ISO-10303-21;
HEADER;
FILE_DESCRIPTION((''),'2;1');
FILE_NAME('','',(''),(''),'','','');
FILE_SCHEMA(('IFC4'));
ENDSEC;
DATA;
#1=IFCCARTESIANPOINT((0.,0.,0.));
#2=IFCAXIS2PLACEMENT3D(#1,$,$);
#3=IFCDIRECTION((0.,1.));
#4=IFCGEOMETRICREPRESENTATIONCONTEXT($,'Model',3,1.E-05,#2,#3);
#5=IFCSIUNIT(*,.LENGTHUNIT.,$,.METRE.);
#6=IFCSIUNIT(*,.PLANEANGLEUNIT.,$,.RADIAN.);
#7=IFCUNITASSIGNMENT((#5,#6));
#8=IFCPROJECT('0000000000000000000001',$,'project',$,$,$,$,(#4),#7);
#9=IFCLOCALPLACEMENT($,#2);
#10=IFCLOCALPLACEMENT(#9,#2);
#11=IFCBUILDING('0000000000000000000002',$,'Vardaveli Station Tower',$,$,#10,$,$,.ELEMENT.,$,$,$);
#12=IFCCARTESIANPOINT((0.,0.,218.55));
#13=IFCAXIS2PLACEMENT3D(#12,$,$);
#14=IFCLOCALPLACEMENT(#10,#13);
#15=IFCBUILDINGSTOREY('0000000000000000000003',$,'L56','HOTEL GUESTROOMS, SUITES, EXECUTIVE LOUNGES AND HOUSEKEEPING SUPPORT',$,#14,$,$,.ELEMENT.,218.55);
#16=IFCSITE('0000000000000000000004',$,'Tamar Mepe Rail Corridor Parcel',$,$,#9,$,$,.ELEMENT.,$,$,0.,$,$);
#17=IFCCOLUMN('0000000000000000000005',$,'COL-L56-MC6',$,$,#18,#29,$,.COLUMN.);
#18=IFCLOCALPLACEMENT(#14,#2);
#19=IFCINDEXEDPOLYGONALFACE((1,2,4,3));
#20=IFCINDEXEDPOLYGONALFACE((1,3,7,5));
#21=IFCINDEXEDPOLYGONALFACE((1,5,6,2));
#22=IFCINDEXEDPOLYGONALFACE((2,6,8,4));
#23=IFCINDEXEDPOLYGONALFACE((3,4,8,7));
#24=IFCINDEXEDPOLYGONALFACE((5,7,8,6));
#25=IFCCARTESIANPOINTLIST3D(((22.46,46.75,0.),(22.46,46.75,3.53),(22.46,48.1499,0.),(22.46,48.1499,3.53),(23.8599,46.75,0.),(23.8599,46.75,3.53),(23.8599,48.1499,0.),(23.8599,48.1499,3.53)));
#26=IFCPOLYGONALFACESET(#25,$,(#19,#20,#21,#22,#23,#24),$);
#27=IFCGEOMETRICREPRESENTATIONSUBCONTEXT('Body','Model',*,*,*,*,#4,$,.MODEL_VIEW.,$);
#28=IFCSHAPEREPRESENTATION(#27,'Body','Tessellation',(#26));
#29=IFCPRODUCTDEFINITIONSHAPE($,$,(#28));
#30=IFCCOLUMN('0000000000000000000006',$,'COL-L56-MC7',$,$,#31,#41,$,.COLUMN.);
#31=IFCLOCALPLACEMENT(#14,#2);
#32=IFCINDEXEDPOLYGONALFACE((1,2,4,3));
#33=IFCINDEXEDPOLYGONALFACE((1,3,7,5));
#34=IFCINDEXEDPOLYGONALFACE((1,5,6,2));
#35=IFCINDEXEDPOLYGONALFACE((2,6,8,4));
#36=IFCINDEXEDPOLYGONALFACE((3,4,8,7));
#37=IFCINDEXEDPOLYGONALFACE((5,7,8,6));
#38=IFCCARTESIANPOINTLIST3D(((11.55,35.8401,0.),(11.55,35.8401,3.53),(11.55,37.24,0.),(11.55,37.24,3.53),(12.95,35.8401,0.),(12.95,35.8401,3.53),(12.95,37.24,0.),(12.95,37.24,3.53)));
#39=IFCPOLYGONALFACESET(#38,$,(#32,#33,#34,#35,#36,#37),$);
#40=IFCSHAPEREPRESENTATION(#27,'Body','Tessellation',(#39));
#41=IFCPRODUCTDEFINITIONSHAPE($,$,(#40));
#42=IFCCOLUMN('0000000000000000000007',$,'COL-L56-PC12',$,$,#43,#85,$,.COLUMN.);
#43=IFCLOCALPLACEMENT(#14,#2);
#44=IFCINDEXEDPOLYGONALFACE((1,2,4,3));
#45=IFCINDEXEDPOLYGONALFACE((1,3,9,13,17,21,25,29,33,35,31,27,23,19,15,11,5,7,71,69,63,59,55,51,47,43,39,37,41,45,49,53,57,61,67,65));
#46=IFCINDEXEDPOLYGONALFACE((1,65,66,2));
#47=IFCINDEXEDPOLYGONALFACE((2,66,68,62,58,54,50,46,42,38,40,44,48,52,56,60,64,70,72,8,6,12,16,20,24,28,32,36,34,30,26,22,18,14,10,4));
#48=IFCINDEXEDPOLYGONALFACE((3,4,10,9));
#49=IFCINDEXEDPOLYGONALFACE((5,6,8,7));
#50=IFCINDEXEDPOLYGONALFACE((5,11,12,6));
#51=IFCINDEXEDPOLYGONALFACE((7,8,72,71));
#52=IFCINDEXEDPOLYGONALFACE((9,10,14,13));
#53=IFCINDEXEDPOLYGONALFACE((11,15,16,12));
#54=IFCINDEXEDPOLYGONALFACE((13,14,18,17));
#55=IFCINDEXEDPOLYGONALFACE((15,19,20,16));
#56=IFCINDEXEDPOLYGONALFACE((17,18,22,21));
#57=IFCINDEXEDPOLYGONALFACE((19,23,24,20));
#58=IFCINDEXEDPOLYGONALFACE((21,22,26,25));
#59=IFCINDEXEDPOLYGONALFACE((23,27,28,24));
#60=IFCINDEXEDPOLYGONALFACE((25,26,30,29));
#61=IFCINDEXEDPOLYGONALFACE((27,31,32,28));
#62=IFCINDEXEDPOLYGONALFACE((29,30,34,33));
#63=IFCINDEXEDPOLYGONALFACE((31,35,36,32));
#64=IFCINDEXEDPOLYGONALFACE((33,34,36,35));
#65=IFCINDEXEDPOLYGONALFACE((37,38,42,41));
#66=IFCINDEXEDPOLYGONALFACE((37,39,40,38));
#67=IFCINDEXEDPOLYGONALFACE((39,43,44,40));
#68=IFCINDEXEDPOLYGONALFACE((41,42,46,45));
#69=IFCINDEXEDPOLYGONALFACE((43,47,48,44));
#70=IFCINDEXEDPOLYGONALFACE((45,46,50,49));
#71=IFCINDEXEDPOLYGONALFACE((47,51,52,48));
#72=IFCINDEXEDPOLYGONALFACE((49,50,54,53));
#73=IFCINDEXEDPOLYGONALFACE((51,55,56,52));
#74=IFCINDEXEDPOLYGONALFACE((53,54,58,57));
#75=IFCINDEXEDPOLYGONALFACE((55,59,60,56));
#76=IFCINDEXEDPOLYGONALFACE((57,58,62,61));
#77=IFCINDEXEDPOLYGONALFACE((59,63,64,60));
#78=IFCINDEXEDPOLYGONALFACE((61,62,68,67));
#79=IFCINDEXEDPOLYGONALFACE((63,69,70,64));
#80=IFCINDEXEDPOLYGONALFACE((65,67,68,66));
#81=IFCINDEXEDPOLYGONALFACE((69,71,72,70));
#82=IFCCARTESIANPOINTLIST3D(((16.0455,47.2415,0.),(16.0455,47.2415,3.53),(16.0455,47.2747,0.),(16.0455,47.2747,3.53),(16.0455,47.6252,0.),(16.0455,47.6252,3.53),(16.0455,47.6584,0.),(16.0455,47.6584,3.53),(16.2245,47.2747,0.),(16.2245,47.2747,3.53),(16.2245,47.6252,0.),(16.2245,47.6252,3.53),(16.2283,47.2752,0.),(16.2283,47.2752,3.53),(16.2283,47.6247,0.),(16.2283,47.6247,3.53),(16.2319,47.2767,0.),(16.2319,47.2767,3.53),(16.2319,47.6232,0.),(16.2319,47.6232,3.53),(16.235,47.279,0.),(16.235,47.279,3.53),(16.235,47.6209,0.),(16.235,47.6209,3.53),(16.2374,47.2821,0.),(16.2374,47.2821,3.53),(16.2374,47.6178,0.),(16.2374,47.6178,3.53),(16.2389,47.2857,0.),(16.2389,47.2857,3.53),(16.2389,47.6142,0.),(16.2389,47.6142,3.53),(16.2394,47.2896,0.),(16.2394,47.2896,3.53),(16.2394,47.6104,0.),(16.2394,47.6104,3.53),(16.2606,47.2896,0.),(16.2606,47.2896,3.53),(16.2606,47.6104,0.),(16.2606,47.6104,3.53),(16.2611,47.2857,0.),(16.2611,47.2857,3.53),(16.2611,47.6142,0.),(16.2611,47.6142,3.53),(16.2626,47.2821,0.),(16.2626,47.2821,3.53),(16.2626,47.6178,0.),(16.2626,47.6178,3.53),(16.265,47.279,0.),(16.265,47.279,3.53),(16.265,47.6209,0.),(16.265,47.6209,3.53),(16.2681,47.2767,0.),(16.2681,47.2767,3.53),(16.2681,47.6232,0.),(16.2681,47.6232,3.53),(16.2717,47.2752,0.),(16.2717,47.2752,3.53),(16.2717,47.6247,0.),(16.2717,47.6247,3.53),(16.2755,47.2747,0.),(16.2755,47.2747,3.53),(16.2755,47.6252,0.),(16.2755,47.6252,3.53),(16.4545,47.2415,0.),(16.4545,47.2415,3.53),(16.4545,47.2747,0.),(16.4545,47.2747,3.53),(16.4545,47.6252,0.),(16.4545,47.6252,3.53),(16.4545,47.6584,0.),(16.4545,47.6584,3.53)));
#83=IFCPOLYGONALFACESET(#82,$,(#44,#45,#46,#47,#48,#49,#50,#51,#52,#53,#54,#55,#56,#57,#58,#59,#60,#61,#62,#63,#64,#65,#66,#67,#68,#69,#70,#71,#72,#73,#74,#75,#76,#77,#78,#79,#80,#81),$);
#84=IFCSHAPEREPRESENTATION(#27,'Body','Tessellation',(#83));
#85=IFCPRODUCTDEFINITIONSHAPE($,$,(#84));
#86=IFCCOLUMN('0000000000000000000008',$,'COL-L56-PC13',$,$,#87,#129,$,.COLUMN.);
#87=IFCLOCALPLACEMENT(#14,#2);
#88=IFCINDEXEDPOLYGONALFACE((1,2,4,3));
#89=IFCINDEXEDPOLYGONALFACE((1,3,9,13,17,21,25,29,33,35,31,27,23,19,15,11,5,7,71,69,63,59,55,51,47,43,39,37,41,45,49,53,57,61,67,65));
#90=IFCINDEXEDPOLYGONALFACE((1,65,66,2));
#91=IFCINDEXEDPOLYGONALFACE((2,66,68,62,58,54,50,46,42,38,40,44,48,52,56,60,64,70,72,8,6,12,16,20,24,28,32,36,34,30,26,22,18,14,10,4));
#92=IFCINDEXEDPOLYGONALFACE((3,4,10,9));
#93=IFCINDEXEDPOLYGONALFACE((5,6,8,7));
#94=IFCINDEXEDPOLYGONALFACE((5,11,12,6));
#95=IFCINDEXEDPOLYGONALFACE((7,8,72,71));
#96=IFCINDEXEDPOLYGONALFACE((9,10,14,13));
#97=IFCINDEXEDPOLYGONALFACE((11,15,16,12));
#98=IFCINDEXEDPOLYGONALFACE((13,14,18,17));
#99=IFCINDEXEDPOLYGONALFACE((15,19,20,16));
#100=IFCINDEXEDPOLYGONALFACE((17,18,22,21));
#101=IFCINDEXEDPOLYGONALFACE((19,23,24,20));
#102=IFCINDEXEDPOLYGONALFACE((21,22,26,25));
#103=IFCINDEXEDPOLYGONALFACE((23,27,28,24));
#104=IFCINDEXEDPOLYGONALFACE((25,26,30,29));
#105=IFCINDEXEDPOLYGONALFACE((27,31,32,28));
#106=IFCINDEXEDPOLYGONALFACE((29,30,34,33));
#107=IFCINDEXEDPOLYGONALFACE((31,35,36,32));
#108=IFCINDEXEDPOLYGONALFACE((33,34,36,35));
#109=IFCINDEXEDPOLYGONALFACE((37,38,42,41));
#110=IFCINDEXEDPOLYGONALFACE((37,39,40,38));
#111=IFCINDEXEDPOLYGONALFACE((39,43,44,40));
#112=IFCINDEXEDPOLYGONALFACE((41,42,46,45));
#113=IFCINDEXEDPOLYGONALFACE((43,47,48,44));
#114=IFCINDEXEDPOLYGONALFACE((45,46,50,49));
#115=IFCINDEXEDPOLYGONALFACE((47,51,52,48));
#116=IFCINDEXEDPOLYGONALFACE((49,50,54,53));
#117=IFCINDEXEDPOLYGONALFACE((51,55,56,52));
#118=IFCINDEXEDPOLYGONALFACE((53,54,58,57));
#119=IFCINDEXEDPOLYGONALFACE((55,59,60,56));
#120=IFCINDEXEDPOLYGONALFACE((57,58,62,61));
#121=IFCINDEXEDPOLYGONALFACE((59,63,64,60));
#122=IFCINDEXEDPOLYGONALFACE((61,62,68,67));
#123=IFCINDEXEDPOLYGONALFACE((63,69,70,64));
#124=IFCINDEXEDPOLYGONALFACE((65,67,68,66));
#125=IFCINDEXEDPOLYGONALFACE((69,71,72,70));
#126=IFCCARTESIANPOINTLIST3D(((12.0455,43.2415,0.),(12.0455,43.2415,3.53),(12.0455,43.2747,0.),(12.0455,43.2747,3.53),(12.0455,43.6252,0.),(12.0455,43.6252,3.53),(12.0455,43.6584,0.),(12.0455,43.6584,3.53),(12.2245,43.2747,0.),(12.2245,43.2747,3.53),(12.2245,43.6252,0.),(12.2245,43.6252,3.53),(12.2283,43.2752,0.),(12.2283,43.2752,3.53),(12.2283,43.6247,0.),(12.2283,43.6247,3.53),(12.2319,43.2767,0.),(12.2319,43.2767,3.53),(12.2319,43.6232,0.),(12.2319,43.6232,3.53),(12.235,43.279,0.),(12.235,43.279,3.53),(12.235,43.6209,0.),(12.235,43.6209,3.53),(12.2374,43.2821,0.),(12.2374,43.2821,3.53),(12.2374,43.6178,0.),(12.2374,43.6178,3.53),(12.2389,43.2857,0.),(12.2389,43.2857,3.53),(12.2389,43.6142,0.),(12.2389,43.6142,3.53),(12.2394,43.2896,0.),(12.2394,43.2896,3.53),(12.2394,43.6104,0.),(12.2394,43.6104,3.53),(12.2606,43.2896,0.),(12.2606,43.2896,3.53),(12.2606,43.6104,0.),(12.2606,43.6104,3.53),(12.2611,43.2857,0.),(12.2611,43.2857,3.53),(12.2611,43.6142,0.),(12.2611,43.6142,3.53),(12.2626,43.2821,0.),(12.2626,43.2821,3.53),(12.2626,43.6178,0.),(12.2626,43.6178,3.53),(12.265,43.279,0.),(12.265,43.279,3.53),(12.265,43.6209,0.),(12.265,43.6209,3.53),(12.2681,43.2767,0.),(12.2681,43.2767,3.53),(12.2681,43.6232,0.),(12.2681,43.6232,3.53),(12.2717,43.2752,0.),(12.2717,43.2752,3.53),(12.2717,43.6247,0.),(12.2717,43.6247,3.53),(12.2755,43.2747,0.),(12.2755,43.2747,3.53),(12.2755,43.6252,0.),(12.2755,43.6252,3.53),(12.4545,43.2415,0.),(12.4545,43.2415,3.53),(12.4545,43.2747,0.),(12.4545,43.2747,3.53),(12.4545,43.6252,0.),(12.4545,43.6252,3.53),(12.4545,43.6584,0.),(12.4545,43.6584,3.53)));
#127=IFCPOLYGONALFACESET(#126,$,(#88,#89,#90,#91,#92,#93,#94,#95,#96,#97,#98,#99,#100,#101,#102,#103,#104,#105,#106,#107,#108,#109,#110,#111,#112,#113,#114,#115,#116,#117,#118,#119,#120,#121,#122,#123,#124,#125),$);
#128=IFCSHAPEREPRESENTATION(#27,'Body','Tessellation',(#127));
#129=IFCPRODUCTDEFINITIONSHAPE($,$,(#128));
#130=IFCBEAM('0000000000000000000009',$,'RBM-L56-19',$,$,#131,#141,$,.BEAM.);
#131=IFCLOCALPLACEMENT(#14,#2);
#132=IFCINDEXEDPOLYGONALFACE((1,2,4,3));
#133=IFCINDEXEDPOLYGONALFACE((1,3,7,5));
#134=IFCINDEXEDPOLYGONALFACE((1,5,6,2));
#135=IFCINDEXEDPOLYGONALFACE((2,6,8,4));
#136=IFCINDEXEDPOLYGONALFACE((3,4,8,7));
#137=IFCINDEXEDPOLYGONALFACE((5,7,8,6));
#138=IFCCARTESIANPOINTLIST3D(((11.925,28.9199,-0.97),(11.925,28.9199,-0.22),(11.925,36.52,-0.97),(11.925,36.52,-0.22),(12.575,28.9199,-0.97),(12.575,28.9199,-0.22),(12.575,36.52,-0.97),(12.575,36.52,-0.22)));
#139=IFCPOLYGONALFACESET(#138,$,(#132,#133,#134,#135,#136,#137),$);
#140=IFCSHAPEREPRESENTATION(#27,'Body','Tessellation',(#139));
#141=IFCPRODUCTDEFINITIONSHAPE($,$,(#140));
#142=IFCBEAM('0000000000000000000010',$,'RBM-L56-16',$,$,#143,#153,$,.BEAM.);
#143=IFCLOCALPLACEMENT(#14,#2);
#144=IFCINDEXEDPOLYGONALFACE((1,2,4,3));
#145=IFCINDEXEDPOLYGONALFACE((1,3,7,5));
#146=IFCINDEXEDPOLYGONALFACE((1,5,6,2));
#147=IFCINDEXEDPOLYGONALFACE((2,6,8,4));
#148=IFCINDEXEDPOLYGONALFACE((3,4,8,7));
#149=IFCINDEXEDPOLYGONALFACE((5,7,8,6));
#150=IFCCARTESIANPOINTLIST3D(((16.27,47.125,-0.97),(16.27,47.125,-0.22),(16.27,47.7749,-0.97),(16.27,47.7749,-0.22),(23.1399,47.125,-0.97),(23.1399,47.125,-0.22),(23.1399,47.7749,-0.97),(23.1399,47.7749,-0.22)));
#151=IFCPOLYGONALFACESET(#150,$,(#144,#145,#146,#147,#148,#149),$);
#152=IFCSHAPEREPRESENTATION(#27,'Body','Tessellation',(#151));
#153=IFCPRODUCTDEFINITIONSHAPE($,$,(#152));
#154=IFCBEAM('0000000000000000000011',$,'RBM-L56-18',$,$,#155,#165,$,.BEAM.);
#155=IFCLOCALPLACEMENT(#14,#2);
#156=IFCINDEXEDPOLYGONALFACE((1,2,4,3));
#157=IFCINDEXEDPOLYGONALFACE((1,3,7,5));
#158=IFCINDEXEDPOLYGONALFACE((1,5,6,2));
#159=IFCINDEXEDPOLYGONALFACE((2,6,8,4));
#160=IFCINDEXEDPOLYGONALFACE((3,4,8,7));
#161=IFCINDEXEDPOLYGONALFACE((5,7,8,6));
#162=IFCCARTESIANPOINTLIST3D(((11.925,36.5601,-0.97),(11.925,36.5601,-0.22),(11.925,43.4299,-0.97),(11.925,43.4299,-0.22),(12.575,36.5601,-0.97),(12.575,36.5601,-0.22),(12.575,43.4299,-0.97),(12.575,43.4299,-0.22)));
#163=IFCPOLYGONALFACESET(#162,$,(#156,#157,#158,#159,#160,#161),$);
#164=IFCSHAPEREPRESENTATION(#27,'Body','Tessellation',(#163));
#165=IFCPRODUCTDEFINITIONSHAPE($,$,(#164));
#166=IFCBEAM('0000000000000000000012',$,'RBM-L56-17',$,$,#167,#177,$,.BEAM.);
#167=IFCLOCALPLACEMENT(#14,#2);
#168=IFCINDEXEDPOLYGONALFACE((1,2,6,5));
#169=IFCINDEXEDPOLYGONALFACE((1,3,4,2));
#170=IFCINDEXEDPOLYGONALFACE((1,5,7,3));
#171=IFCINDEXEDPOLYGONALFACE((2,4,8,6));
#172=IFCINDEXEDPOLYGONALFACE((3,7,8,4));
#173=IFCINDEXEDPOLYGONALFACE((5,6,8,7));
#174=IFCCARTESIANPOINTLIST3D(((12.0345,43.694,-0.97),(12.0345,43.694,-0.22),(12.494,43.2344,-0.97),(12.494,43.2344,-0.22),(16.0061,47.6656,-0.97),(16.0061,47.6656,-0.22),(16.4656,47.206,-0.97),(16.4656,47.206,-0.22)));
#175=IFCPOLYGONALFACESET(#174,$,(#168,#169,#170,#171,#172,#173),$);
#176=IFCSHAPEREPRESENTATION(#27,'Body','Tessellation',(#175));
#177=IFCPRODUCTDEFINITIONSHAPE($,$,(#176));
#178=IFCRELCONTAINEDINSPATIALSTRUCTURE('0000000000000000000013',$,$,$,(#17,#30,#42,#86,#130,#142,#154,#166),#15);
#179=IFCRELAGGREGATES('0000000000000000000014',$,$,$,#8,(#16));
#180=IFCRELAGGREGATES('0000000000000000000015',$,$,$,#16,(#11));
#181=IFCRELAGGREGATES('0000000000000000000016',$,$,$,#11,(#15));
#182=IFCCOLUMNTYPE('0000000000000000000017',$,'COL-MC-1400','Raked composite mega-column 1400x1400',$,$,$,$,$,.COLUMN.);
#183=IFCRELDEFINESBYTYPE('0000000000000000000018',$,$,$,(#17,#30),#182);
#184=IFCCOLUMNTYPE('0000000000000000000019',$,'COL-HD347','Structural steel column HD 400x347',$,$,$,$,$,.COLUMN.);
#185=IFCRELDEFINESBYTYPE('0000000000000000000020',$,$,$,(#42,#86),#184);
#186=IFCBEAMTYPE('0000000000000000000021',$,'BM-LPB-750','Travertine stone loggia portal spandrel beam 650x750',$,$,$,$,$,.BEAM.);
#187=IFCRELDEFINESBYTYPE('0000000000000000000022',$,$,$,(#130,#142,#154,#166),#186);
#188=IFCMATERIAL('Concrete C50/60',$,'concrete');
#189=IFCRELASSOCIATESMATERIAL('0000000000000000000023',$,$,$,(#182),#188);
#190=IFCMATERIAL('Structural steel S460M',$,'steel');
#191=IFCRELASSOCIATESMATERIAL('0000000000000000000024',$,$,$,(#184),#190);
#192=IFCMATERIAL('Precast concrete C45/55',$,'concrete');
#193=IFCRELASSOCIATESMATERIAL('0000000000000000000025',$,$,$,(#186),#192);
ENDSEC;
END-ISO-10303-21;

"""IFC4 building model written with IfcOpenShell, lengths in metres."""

from ifc_helpers import new_model, si_unit, direction, frame, origin, origin_2d, place, context, subcontext, project, spatial, rectangle, i_section, extrude, source, transform, mapped, material, material_profile, profile_set, type_object, element, save


model = new_model("IFC4")

# Units and contexts
model_context = context("Model", 3, precision=1e-05, world=origin(), true_north=direction((0.0, 1.0)))
body_context = subcontext(model_context, "Body", "Model", "MODEL_VIEW")
ifc_project = project(units=[si_unit("LENGTHUNIT", "METRE"), si_unit("PLANEANGLEUNIT", "RADIAN")], contexts=[model_context])

# Site, building, storey
site_placement = place(None, origin())
site = spatial("IfcSite", under=ifc_project, at=site_placement, Name="Tamar Mepe Rail Corridor Parcel", CompositionType="ELEMENT", RefElevation=0.0)
building_placement = place(site_placement, origin())
building = spatial("IfcBuilding", under=site, at=building_placement, Name="Vardaveli Station Tower", CompositionType="ELEMENT")
storey_placement = place(building_placement, frame((0.0, 0.0, 218.55)))
storey = spatial("IfcBuildingStorey", under=building, at=storey_placement, Name="L56", Description="HOTEL GUESTROOMS, SUITES, EXECUTIVE LOUNGES AND HOUSEKEEPING SUPPORT", CompositionType="ELEMENT", Elevation=218.55)

# Columns
ifc_material_1 = material(Name="Concrete C50/60", Category="concrete")
ifc_material_profile_1 = material_profile(ifc_material_1, rectangle(XDim=1.3999, YDim=1.3999, at=origin_2d()), Name="MC 1400x1400")
ifc_profile_set_1 = profile_set([ifc_material_profile_1], Name="Concrete C50/60")
column_type_1 = type_object("IfcColumnType", Name="COL-MC-1400", Description="Raked composite mega-column 1400x1400", PredefinedType="COLUMN", material=ifc_profile_set_1)
shared_shape_1 = source(origin(), body_context, "Body", "SweptSolid", [
    extrude(rectangle(XDim=1.3999, YDim=1.3999, at=origin_2d()), origin(), (0.0, 0.0, 1.0), 3.53),
])
for number, where, z_axis, x_axis, name in (
    (1, (23.1599, 47.45, 0.0), (0.0, 0.0, 1.0), (1.0, 0.0, 0.0), "COL-L56-MC6"),
    (2, (12.25, 36.54, 0.0), (0.0, 0.0, 1.0), (1.0, 0.0, 0.0), "COL-L56-MC7"),
):
    element("IfcColumn", number, at=place(storey_placement, frame(where, z_axis=z_axis, x_axis=x_axis)), inside=storey, type_object=column_type_1, Name=name, PredefinedType="COLUMN", context=body_context, shape_type="MappedRepresentation", body=[
        mapped(shared_shape_1, transform((0.0, 0.0, 0.0), scale=1.0)),
    ])
ifc_material_2 = material(Name="Structural steel S460M", Category="steel")
ifc_material_profile_2 = material_profile(ifc_material_2, i_section(OverallWidth=0.4089, OverallDepth=0.417, WebThickness=0.0212, FlangeThickness=0.0332, FilletRadius=0.0149, at=origin_2d()), Name="HD 400x347")
ifc_profile_set_2 = profile_set([ifc_material_profile_2], Name="Structural steel S460M")
column_type_2 = type_object("IfcColumnType", Name="COL-HD347", Description="Structural steel column HD 400x347", PredefinedType="COLUMN", material=ifc_profile_set_2)
shared_shape_2 = source(origin(), body_context, "Body", "SweptSolid", [
    extrude(i_section(OverallWidth=0.4089, OverallDepth=0.417, WebThickness=0.0212, FlangeThickness=0.0332, FilletRadius=0.0149, at=origin_2d()), origin(), (0.0, 0.0, 1.0), 3.53),
])
for number, where, z_axis, x_axis, name in (
    (3, (16.25, 47.45, 0.0), (0.0, 0.0, 1.0), (1.0, 0.0, 0.0), "COL-L56-PC12"),
    (4, (12.25, 43.45, 0.0), (0.0, 0.0, 1.0), (1.0, 0.0, 0.0), "COL-L56-PC13"),
):
    element("IfcColumn", number, at=place(storey_placement, frame(where, z_axis=z_axis, x_axis=x_axis)), inside=storey, type_object=column_type_2, Name=name, PredefinedType="COLUMN", context=body_context, shape_type="MappedRepresentation", body=[
        mapped(shared_shape_2, transform((0.0, 0.0, 0.0), scale=1.0)),
    ])

# Beams
ifc_material_3 = material(Name="Precast concrete C45/55", Category="concrete")
ifc_material_profile_3 = material_profile(ifc_material_3, rectangle(XDim=0.6499, YDim=0.75, at=origin_2d()), Name="LPB 650x750")
ifc_profile_set_3 = profile_set([ifc_material_profile_3], Name="Precast concrete C45/55")
beam_type_1 = type_object("IfcBeamType", Name="BM-LPB-750", Description="Travertine stone loggia portal spandrel beam 650x750", PredefinedType="BEAM", material=ifc_profile_set_3)
shared_shape_3 = source(origin(), body_context, "Body", "SweptSolid", [
    extrude(rectangle(XDim=0.6499, YDim=0.75, at=origin_2d()), origin(), (0.0, 0.0, 1.0), 7.6001),
])
beam_1_placement = place(storey_placement, frame((12.25, 36.52, -0.595), z_axis=(0.0, -1.0, 0.0), x_axis=(1.0, 0.0, 0.0)))
element("IfcBeam", 5, at=beam_1_placement, inside=storey, type_object=beam_type_1, Name="RBM-L56-19", PredefinedType="BEAM", context=body_context, shape_type="MappedRepresentation", body=[
    mapped(shared_shape_3, transform((0.0, 0.0, 0.0), scale=1.0)),
])
shared_shape_4 = source(origin(), body_context, "Body", "SweptSolid", [
    extrude(rectangle(XDim=0.6499, YDim=0.75, at=origin_2d()), origin(), (0.0, 0.0, 1.0), 6.8699),
])
for number, where, z_axis, x_axis, name in (
    (6, (23.1399, 47.45, -0.595), (-1.0, 0.0, 0.0), (0.0, -1.0, 0.0), "RBM-L56-16"),
    (7, (12.25, 43.4299, -0.595), (0.0, -1.0, 0.0), (1.0, 0.0, 0.0), "RBM-L56-18"),
):
    element("IfcBeam", number, at=place(storey_placement, frame(where, z_axis=z_axis, x_axis=x_axis)), inside=storey, type_object=beam_type_1, Name=name, PredefinedType="BEAM", context=body_context, shape_type="MappedRepresentation", body=[
        mapped(shared_shape_4, transform((0.0, 0.0, 0.0), scale=1.0)),
    ])
shared_shape_5 = source(origin(), body_context, "Body", "SweptSolid", [
    extrude(rectangle(XDim=0.6499, YDim=0.75, at=origin_2d()), origin(), (0.0, 0.0, 1.0), 5.6167),
])
beam_2_placement = place(storey_placement, frame((16.2358, 47.4358, -0.595), z_axis=(-0.707107, -0.707107, 0.0), x_axis=(0.707107, -0.707107, 0.0)))
element("IfcBeam", 8, at=beam_2_placement, inside=storey, type_object=beam_type_1, Name="RBM-L56-17", PredefinedType="BEAM", context=body_context, shape_type="MappedRepresentation", body=[
    mapped(shared_shape_5, transform((0.0, 0.0, 0.0), scale=1.0)),
])

save(model, "model.ifc")
